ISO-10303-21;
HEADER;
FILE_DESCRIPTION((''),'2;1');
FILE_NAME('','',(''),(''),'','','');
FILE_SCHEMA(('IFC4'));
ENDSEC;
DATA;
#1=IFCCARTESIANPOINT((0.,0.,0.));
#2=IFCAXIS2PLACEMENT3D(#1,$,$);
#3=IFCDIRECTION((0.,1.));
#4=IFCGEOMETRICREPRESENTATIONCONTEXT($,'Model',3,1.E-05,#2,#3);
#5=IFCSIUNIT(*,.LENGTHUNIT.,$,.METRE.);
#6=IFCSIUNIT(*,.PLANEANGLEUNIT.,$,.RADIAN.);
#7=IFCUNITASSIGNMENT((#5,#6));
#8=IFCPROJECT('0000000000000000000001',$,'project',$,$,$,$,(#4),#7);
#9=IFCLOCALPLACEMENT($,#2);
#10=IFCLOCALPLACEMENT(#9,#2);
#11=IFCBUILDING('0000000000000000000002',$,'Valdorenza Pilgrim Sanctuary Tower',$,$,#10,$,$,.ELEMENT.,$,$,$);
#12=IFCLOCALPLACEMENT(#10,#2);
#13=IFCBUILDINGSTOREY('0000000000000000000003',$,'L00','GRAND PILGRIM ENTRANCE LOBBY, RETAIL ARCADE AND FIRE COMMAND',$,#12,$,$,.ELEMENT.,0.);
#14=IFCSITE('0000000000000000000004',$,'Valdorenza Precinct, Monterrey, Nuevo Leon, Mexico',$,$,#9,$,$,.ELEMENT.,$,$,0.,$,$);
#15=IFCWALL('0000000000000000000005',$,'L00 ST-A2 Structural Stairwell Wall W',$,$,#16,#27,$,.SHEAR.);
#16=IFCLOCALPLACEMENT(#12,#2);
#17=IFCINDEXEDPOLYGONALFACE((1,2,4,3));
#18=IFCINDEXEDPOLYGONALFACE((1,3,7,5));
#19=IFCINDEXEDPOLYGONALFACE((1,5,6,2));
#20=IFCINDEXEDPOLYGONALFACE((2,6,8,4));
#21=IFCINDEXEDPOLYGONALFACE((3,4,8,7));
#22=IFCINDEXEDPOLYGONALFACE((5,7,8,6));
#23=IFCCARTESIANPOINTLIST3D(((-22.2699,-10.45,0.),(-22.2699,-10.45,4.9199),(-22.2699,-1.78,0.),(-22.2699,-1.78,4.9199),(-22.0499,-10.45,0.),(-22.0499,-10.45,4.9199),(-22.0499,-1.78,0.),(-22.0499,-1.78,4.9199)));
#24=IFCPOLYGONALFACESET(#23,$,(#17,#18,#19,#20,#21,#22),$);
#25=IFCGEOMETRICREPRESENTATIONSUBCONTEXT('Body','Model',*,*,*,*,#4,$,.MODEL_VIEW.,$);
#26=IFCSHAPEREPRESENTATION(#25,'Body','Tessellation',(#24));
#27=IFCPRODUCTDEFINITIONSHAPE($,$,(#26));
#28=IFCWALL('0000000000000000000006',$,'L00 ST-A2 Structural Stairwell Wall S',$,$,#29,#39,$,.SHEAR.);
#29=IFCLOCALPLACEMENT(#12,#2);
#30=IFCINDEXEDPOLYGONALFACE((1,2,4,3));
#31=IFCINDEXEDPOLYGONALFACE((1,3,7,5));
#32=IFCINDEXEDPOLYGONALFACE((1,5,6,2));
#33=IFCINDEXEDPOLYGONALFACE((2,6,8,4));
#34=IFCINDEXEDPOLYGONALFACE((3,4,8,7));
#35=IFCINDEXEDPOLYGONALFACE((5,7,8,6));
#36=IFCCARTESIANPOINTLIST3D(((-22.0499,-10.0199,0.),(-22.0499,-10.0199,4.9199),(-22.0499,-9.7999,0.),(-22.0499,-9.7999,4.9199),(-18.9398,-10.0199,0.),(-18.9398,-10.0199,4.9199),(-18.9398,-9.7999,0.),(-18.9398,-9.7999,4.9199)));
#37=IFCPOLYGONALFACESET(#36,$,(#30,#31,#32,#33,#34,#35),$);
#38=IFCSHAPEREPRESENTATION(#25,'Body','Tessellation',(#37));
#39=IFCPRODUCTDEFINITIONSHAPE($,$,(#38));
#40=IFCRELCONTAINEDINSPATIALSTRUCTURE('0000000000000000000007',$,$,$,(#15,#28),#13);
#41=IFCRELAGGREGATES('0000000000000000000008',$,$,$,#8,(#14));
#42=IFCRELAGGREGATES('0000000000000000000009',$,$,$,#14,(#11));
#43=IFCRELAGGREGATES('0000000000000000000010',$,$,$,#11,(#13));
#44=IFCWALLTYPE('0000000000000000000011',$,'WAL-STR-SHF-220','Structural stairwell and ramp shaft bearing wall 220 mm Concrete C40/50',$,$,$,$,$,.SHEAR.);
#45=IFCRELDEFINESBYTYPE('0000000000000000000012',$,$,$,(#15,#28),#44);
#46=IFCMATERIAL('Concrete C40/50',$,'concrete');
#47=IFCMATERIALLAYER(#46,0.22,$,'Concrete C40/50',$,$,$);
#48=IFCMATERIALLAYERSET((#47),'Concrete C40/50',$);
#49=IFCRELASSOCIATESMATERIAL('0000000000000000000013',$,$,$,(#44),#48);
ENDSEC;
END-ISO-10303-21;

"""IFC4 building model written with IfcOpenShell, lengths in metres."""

from ifc_helpers import new_model, si_unit, direction, frame, frame_2d, origin, place, context, subcontext, project, spatial, rectangle, extrude, material, layer, layer_set, type_object, element, save


model = new_model("IFC4")

# Units and contexts
model_context = context("Model", 3, precision=1e-05, world=origin(), true_north=direction((0.0, 1.0)))
body_context = subcontext(model_context, "Body", "Model", "MODEL_VIEW")
ifc_project = project(units=[si_unit("LENGTHUNIT", "METRE"), si_unit("PLANEANGLEUNIT", "RADIAN")], contexts=[model_context])

# Site, building, storey
site_placement = place(None, origin())
site = spatial("IfcSite", under=ifc_project, at=site_placement, Name="Valdorenza Precinct, Monterrey, Nuevo Leon, Mexico", CompositionType="ELEMENT", RefElevation=0.0)
building_placement = place(site_placement, origin())
building = spatial("IfcBuilding", under=site, at=building_placement, Name="Valdorenza Pilgrim Sanctuary Tower", CompositionType="ELEMENT")
storey_placement = place(building_placement, origin())
storey = spatial("IfcBuildingStorey", under=building, at=storey_placement, Name="L00", Description="GRAND PILGRIM ENTRANCE LOBBY, RETAIL ARCADE AND FIRE COMMAND", CompositionType="ELEMENT", Elevation=0.0)

# Walls
ifc_material_1 = material(Name="Concrete C40/50", Category="concrete")
ifc_layer_1 = layer(ifc_material_1, 0.22, Name="Concrete C40/50")
ifc_layer_set_1 = layer_set([ifc_layer_1], Name="Concrete C40/50")
wall_type_1 = type_object("IfcWallType", Name="WAL-STR-SHF-220", Description="Structural stairwell and ramp shaft bearing wall 220 mm Concrete C40/50", PredefinedType="SHEAR", material=ifc_layer_set_1)
wall_1_placement = place(storey_placement, frame((-22.1599, -10.45, 0.0), z_axis=(0.0, 0.0, 1.0), x_axis=(0.0, 1.0, 0.0)))
element("IfcWall", 1, at=wall_1_placement, inside=storey, type_object=wall_type_1, Name="L00 ST-A2 Structural Stairwell Wall W", PredefinedType="SHEAR", context=body_context, shape_type="SweptSolid", body=[
    extrude(rectangle(XDim=8.6699, YDim=0.22, at=frame_2d((4.335, 0.0))), origin(), (0.0, 0.0, 1.0), 4.9199),
])
wall_2_placement = place(storey_placement, frame((-22.05, -9.9099, 0.0), z_axis=(0.0, 0.0, 1.0), x_axis=(1.0, 0.0, 0.0)))
element("IfcWall", 2, at=wall_2_placement, inside=storey, type_object=wall_type_1, Name="L00 ST-A2 Structural Stairwell Wall S", PredefinedType="SHEAR", context=body_context, shape_type="SweptSolid", body=[
    extrude(rectangle(XDim=3.1101, YDim=0.22, at=frame_2d((1.5552, 0.0))), origin(), (0.0, 0.0, 1.0), 4.9199),
])

save(model, "model.ifc")
